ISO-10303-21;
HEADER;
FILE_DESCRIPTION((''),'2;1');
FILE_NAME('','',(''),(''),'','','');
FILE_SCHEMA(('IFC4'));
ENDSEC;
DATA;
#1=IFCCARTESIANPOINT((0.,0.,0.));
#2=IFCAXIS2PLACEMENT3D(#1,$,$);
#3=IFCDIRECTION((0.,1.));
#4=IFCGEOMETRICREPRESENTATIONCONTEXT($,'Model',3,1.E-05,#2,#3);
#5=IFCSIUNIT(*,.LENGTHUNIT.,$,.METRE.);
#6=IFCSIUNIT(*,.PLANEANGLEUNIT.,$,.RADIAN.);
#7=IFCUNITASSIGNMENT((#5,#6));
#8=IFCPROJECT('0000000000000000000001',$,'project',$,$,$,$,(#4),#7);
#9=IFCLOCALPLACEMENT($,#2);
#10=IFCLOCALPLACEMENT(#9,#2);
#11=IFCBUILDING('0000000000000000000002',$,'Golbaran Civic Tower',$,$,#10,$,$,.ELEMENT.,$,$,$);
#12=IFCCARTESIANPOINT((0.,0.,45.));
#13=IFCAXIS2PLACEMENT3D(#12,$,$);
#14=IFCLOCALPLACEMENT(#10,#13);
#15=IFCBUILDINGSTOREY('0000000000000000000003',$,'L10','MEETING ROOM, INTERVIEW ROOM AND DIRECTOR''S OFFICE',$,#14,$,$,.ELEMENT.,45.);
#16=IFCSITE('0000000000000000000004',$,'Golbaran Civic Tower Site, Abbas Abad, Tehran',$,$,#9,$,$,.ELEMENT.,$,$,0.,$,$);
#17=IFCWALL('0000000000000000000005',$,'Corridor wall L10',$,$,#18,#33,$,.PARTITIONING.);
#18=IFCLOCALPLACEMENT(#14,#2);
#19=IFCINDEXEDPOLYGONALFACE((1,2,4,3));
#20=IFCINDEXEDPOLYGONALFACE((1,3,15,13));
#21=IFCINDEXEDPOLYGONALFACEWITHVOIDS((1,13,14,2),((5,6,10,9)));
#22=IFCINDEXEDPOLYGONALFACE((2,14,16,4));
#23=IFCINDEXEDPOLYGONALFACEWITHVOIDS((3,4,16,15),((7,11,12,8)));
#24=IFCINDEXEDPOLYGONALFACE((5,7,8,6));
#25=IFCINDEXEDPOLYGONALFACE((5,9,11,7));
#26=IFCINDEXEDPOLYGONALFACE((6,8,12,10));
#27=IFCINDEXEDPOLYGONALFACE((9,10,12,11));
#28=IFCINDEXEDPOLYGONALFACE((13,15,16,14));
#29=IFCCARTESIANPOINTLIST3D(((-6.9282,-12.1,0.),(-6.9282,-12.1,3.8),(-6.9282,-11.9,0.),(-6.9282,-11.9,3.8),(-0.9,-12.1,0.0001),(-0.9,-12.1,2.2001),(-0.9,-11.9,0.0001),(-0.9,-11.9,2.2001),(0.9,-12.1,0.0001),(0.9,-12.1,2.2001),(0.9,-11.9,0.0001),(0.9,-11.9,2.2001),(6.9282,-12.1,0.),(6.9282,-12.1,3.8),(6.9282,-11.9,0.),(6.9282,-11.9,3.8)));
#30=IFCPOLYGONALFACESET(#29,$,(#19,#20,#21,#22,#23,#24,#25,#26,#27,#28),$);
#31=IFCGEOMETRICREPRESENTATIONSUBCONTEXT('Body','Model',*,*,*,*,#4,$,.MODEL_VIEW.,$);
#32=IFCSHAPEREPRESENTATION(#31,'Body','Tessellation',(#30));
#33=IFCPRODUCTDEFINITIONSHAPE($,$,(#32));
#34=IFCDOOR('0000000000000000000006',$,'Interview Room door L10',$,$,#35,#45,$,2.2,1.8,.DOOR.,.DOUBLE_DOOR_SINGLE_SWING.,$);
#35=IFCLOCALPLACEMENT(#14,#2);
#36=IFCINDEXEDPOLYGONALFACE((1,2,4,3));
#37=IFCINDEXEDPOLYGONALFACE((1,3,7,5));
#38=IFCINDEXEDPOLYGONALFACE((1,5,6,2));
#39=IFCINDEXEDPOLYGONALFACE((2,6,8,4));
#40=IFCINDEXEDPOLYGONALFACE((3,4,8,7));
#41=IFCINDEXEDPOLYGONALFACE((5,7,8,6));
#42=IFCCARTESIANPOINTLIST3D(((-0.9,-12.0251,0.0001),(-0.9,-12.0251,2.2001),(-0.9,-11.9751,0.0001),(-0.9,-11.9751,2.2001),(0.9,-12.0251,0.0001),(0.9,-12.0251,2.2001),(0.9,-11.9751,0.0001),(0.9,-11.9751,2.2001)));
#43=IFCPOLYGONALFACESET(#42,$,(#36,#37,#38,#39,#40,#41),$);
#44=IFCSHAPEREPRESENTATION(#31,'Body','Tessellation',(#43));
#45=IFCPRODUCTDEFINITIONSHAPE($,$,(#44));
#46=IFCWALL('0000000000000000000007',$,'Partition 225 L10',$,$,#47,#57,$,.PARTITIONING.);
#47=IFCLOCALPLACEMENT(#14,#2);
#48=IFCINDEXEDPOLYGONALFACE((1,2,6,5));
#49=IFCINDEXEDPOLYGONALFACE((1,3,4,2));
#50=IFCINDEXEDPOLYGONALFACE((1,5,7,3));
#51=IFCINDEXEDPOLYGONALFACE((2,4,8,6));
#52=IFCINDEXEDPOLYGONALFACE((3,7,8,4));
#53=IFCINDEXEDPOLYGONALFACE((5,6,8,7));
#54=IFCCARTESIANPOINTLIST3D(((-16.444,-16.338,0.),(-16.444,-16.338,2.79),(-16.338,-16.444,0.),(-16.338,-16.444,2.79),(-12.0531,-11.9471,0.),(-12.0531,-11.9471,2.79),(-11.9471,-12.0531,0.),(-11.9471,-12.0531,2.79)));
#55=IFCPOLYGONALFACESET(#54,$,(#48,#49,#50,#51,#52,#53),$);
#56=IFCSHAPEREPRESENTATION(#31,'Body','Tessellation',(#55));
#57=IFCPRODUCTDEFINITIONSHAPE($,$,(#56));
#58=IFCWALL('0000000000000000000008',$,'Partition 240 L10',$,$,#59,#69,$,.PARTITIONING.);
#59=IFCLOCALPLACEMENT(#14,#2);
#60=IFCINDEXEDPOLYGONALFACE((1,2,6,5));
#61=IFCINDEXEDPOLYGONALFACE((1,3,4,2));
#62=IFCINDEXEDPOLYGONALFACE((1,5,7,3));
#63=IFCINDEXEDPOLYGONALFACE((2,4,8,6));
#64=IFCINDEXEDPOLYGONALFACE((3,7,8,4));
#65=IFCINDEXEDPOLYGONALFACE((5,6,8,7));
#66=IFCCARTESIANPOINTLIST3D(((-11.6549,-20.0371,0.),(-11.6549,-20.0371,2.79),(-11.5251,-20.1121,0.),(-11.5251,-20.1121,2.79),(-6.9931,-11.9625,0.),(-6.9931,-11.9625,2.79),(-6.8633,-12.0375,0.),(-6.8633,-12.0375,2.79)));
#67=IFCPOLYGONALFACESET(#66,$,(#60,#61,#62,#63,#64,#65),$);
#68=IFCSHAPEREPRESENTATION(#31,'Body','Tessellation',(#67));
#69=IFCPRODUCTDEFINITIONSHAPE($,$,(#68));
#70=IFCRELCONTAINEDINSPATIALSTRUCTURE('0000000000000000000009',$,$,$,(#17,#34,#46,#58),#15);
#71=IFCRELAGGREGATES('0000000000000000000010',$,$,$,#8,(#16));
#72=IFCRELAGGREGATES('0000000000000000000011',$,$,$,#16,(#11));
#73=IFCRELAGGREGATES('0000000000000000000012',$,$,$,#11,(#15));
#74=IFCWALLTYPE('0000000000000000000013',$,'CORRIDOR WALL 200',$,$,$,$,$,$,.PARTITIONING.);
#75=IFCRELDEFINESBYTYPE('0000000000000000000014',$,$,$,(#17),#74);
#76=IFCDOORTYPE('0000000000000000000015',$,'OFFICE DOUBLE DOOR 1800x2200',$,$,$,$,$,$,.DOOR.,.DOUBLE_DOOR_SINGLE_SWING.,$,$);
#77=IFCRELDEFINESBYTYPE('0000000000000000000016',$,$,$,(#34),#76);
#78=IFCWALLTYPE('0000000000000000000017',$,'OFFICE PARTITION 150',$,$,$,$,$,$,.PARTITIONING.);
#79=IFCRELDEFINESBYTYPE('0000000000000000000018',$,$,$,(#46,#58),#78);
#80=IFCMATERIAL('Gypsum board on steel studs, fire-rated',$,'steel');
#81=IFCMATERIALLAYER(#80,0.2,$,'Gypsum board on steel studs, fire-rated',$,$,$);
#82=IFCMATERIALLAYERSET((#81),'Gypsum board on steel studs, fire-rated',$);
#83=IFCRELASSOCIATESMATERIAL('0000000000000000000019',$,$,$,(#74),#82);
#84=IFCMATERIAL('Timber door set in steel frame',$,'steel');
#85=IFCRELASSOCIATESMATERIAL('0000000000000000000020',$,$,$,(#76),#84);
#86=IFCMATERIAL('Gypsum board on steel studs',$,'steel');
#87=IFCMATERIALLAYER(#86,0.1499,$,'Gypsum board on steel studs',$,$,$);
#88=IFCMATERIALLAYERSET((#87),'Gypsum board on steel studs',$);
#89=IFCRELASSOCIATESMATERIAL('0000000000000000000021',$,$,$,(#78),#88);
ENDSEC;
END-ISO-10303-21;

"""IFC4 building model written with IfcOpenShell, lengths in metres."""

from ifc_helpers import new_model, si_unit, direction, frame, frame_2d, origin, place, context, subcontext, project, spatial, rectangle, extrude, material, layer, layer_set, type_object, element, fill, save


model = new_model("IFC4")

# Units and contexts
model_context = context("Model", 3, precision=1e-05, world=origin(), true_north=direction((0.0, 1.0)))
body_context = subcontext(model_context, "Body", "Model", "MODEL_VIEW")
ifc_project = project(units=[si_unit("LENGTHUNIT", "METRE"), si_unit("PLANEANGLEUNIT", "RADIAN")], contexts=[model_context])

# Site, building, storey
site_placement = place(None, origin())
site = spatial("IfcSite", under=ifc_project, at=site_placement, Name="Golbaran Civic Tower Site, Abbas Abad, Tehran", CompositionType="ELEMENT", RefElevation=0.0)
building_placement = place(site_placement, origin())
building = spatial("IfcBuilding", under=site, at=building_placement, Name="Golbaran Civic Tower", CompositionType="ELEMENT")
storey_placement = place(building_placement, frame((0.0, 0.0, 45.0)))
storey = spatial("IfcBuildingStorey", under=building, at=storey_placement, Name="L10", Description="MEETING ROOM, INTERVIEW ROOM AND DIRECTOR'S OFFICE", CompositionType="ELEMENT", Elevation=45.0)

# Wall, opening, door
ifc_material_1 = material(Name="Gypsum board on steel studs, fire-rated", Category="steel")
ifc_layer_1 = layer(ifc_material_1, 0.2, Name="Gypsum board on steel studs, fire-rated")
ifc_layer_set_1 = layer_set([ifc_layer_1], Name="Gypsum board on steel studs, fire-rated")
wall_type_1 = type_object("IfcWallType", Name="CORRIDOR WALL 200", PredefinedType="PARTITIONING", material=ifc_layer_set_1)
ifc_material_2 = material(Name="Timber door set in steel frame", Category="steel")
wall_1_placement = place(storey_placement, frame((-6.9282, -12.0, 0.0), z_axis=(0.0, 0.0, 1.0), x_axis=(1.0, 0.0, 0.0)))
wall_1 = element("IfcWall", 1, at=wall_1_placement, inside=storey, type_object=wall_type_1, Name="Corridor wall L10", PredefinedType="PARTITIONING", context=body_context, shape_type="SweptSolid", body=[
    extrude(rectangle(XDim=13.8564, YDim=0.2, at=frame_2d((6.9282, 0.0))), origin(), (0.0, 0.0, 1.0), 3.8),
])
opening_1_placement = place(wall_1_placement, frame((6.0283, 0.0, 0.0)))
opening_1 = element("IfcOpeningElement", 2, at=opening_1_placement, cuts=wall_1, PredefinedType="OPENING", context=body_context, shape_type="SweptSolid", body=[
    extrude(rectangle(XDim=1.8, YDim=2.2, at=frame_2d((0.8999, 1.1001))), frame((0.0, 0.1099, 0.0), z_axis=(0.0, -1.0, 0.0), x_axis=(1.0, 0.0, 0.0)), (0.0, 0.0, 1.0), 0.22),
])
door_type_1 = type_object("IfcDoorType", Name="OFFICE DOUBLE DOOR 1800x2200", OperationType="DOUBLE_DOOR_SINGLE_SWING", PredefinedType="DOOR", material=ifc_material_2)
door_1_placement = place(opening_1_placement, origin())
door_1 = element("IfcDoor", 3, at=door_1_placement, inside=storey, type_object=door_type_1, Name="Interview Room door L10", OperationType="DOUBLE_DOOR_SINGLE_SWING", OverallHeight=2.2, OverallWidth=1.8, PredefinedType="DOOR", context=body_context, shape_type="SweptSolid", body=[
    extrude(rectangle(XDim=1.8, YDim=2.2, at=frame_2d((0.8999, 1.1001))), frame((0.0, 0.0249, 0.0), z_axis=(0.0, -1.0, 0.0), x_axis=(1.0, 0.0, 0.0)), (0.0, 0.0, 1.0), 0.05),
])
fill(opening_1, door_1)

# Walls
ifc_material_3 = material(Name="Gypsum board on steel studs", Category="steel")
ifc_layer_2 = layer(ifc_material_3, 0.1499, Name="Gypsum board on steel studs")
ifc_layer_set_2 = layer_set([ifc_layer_2], Name="Gypsum board on steel studs")
wall_type_2 = type_object("IfcWallType", Name="OFFICE PARTITION 150", PredefinedType="PARTITIONING", material=ifc_layer_set_2)
wall_2_placement = place(storey_placement, frame((-12.0, -12.0, 0.0), z_axis=(0.0, 0.0, 1.0), x_axis=(-0.707107, -0.707107, 0.0)))
element("IfcWall", 4, at=wall_2_placement, inside=storey, type_object=wall_type_2, Name="Partition 225 L10", PredefinedType="PARTITIONING", context=body_context, shape_type="SweptSolid", body=[
    extrude(rectangle(XDim=6.2097, YDim=0.1499, at=frame_2d((3.105, 0.0))), origin(), (0.0, 0.0, 1.0), 2.79),
])
wall_3_placement = place(storey_placement, frame((-6.9282, -12.0, 0.0), z_axis=(0.0, 0.0, 1.0), x_axis=(-0.499994, -0.866029, 0.0)))
element("IfcWall", 5, at=wall_3_placement, inside=storey, type_object=wall_type_2, Name="Partition 240 L10", PredefinedType="PARTITIONING", context=body_context, shape_type="SweptSolid", body=[
    extrude(rectangle(XDim=9.3237, YDim=0.1499, at=frame_2d((4.6619, 0.0))), origin(), (0.0, 0.0, 1.0), 2.79),
])

save(model, "model.ifc")
